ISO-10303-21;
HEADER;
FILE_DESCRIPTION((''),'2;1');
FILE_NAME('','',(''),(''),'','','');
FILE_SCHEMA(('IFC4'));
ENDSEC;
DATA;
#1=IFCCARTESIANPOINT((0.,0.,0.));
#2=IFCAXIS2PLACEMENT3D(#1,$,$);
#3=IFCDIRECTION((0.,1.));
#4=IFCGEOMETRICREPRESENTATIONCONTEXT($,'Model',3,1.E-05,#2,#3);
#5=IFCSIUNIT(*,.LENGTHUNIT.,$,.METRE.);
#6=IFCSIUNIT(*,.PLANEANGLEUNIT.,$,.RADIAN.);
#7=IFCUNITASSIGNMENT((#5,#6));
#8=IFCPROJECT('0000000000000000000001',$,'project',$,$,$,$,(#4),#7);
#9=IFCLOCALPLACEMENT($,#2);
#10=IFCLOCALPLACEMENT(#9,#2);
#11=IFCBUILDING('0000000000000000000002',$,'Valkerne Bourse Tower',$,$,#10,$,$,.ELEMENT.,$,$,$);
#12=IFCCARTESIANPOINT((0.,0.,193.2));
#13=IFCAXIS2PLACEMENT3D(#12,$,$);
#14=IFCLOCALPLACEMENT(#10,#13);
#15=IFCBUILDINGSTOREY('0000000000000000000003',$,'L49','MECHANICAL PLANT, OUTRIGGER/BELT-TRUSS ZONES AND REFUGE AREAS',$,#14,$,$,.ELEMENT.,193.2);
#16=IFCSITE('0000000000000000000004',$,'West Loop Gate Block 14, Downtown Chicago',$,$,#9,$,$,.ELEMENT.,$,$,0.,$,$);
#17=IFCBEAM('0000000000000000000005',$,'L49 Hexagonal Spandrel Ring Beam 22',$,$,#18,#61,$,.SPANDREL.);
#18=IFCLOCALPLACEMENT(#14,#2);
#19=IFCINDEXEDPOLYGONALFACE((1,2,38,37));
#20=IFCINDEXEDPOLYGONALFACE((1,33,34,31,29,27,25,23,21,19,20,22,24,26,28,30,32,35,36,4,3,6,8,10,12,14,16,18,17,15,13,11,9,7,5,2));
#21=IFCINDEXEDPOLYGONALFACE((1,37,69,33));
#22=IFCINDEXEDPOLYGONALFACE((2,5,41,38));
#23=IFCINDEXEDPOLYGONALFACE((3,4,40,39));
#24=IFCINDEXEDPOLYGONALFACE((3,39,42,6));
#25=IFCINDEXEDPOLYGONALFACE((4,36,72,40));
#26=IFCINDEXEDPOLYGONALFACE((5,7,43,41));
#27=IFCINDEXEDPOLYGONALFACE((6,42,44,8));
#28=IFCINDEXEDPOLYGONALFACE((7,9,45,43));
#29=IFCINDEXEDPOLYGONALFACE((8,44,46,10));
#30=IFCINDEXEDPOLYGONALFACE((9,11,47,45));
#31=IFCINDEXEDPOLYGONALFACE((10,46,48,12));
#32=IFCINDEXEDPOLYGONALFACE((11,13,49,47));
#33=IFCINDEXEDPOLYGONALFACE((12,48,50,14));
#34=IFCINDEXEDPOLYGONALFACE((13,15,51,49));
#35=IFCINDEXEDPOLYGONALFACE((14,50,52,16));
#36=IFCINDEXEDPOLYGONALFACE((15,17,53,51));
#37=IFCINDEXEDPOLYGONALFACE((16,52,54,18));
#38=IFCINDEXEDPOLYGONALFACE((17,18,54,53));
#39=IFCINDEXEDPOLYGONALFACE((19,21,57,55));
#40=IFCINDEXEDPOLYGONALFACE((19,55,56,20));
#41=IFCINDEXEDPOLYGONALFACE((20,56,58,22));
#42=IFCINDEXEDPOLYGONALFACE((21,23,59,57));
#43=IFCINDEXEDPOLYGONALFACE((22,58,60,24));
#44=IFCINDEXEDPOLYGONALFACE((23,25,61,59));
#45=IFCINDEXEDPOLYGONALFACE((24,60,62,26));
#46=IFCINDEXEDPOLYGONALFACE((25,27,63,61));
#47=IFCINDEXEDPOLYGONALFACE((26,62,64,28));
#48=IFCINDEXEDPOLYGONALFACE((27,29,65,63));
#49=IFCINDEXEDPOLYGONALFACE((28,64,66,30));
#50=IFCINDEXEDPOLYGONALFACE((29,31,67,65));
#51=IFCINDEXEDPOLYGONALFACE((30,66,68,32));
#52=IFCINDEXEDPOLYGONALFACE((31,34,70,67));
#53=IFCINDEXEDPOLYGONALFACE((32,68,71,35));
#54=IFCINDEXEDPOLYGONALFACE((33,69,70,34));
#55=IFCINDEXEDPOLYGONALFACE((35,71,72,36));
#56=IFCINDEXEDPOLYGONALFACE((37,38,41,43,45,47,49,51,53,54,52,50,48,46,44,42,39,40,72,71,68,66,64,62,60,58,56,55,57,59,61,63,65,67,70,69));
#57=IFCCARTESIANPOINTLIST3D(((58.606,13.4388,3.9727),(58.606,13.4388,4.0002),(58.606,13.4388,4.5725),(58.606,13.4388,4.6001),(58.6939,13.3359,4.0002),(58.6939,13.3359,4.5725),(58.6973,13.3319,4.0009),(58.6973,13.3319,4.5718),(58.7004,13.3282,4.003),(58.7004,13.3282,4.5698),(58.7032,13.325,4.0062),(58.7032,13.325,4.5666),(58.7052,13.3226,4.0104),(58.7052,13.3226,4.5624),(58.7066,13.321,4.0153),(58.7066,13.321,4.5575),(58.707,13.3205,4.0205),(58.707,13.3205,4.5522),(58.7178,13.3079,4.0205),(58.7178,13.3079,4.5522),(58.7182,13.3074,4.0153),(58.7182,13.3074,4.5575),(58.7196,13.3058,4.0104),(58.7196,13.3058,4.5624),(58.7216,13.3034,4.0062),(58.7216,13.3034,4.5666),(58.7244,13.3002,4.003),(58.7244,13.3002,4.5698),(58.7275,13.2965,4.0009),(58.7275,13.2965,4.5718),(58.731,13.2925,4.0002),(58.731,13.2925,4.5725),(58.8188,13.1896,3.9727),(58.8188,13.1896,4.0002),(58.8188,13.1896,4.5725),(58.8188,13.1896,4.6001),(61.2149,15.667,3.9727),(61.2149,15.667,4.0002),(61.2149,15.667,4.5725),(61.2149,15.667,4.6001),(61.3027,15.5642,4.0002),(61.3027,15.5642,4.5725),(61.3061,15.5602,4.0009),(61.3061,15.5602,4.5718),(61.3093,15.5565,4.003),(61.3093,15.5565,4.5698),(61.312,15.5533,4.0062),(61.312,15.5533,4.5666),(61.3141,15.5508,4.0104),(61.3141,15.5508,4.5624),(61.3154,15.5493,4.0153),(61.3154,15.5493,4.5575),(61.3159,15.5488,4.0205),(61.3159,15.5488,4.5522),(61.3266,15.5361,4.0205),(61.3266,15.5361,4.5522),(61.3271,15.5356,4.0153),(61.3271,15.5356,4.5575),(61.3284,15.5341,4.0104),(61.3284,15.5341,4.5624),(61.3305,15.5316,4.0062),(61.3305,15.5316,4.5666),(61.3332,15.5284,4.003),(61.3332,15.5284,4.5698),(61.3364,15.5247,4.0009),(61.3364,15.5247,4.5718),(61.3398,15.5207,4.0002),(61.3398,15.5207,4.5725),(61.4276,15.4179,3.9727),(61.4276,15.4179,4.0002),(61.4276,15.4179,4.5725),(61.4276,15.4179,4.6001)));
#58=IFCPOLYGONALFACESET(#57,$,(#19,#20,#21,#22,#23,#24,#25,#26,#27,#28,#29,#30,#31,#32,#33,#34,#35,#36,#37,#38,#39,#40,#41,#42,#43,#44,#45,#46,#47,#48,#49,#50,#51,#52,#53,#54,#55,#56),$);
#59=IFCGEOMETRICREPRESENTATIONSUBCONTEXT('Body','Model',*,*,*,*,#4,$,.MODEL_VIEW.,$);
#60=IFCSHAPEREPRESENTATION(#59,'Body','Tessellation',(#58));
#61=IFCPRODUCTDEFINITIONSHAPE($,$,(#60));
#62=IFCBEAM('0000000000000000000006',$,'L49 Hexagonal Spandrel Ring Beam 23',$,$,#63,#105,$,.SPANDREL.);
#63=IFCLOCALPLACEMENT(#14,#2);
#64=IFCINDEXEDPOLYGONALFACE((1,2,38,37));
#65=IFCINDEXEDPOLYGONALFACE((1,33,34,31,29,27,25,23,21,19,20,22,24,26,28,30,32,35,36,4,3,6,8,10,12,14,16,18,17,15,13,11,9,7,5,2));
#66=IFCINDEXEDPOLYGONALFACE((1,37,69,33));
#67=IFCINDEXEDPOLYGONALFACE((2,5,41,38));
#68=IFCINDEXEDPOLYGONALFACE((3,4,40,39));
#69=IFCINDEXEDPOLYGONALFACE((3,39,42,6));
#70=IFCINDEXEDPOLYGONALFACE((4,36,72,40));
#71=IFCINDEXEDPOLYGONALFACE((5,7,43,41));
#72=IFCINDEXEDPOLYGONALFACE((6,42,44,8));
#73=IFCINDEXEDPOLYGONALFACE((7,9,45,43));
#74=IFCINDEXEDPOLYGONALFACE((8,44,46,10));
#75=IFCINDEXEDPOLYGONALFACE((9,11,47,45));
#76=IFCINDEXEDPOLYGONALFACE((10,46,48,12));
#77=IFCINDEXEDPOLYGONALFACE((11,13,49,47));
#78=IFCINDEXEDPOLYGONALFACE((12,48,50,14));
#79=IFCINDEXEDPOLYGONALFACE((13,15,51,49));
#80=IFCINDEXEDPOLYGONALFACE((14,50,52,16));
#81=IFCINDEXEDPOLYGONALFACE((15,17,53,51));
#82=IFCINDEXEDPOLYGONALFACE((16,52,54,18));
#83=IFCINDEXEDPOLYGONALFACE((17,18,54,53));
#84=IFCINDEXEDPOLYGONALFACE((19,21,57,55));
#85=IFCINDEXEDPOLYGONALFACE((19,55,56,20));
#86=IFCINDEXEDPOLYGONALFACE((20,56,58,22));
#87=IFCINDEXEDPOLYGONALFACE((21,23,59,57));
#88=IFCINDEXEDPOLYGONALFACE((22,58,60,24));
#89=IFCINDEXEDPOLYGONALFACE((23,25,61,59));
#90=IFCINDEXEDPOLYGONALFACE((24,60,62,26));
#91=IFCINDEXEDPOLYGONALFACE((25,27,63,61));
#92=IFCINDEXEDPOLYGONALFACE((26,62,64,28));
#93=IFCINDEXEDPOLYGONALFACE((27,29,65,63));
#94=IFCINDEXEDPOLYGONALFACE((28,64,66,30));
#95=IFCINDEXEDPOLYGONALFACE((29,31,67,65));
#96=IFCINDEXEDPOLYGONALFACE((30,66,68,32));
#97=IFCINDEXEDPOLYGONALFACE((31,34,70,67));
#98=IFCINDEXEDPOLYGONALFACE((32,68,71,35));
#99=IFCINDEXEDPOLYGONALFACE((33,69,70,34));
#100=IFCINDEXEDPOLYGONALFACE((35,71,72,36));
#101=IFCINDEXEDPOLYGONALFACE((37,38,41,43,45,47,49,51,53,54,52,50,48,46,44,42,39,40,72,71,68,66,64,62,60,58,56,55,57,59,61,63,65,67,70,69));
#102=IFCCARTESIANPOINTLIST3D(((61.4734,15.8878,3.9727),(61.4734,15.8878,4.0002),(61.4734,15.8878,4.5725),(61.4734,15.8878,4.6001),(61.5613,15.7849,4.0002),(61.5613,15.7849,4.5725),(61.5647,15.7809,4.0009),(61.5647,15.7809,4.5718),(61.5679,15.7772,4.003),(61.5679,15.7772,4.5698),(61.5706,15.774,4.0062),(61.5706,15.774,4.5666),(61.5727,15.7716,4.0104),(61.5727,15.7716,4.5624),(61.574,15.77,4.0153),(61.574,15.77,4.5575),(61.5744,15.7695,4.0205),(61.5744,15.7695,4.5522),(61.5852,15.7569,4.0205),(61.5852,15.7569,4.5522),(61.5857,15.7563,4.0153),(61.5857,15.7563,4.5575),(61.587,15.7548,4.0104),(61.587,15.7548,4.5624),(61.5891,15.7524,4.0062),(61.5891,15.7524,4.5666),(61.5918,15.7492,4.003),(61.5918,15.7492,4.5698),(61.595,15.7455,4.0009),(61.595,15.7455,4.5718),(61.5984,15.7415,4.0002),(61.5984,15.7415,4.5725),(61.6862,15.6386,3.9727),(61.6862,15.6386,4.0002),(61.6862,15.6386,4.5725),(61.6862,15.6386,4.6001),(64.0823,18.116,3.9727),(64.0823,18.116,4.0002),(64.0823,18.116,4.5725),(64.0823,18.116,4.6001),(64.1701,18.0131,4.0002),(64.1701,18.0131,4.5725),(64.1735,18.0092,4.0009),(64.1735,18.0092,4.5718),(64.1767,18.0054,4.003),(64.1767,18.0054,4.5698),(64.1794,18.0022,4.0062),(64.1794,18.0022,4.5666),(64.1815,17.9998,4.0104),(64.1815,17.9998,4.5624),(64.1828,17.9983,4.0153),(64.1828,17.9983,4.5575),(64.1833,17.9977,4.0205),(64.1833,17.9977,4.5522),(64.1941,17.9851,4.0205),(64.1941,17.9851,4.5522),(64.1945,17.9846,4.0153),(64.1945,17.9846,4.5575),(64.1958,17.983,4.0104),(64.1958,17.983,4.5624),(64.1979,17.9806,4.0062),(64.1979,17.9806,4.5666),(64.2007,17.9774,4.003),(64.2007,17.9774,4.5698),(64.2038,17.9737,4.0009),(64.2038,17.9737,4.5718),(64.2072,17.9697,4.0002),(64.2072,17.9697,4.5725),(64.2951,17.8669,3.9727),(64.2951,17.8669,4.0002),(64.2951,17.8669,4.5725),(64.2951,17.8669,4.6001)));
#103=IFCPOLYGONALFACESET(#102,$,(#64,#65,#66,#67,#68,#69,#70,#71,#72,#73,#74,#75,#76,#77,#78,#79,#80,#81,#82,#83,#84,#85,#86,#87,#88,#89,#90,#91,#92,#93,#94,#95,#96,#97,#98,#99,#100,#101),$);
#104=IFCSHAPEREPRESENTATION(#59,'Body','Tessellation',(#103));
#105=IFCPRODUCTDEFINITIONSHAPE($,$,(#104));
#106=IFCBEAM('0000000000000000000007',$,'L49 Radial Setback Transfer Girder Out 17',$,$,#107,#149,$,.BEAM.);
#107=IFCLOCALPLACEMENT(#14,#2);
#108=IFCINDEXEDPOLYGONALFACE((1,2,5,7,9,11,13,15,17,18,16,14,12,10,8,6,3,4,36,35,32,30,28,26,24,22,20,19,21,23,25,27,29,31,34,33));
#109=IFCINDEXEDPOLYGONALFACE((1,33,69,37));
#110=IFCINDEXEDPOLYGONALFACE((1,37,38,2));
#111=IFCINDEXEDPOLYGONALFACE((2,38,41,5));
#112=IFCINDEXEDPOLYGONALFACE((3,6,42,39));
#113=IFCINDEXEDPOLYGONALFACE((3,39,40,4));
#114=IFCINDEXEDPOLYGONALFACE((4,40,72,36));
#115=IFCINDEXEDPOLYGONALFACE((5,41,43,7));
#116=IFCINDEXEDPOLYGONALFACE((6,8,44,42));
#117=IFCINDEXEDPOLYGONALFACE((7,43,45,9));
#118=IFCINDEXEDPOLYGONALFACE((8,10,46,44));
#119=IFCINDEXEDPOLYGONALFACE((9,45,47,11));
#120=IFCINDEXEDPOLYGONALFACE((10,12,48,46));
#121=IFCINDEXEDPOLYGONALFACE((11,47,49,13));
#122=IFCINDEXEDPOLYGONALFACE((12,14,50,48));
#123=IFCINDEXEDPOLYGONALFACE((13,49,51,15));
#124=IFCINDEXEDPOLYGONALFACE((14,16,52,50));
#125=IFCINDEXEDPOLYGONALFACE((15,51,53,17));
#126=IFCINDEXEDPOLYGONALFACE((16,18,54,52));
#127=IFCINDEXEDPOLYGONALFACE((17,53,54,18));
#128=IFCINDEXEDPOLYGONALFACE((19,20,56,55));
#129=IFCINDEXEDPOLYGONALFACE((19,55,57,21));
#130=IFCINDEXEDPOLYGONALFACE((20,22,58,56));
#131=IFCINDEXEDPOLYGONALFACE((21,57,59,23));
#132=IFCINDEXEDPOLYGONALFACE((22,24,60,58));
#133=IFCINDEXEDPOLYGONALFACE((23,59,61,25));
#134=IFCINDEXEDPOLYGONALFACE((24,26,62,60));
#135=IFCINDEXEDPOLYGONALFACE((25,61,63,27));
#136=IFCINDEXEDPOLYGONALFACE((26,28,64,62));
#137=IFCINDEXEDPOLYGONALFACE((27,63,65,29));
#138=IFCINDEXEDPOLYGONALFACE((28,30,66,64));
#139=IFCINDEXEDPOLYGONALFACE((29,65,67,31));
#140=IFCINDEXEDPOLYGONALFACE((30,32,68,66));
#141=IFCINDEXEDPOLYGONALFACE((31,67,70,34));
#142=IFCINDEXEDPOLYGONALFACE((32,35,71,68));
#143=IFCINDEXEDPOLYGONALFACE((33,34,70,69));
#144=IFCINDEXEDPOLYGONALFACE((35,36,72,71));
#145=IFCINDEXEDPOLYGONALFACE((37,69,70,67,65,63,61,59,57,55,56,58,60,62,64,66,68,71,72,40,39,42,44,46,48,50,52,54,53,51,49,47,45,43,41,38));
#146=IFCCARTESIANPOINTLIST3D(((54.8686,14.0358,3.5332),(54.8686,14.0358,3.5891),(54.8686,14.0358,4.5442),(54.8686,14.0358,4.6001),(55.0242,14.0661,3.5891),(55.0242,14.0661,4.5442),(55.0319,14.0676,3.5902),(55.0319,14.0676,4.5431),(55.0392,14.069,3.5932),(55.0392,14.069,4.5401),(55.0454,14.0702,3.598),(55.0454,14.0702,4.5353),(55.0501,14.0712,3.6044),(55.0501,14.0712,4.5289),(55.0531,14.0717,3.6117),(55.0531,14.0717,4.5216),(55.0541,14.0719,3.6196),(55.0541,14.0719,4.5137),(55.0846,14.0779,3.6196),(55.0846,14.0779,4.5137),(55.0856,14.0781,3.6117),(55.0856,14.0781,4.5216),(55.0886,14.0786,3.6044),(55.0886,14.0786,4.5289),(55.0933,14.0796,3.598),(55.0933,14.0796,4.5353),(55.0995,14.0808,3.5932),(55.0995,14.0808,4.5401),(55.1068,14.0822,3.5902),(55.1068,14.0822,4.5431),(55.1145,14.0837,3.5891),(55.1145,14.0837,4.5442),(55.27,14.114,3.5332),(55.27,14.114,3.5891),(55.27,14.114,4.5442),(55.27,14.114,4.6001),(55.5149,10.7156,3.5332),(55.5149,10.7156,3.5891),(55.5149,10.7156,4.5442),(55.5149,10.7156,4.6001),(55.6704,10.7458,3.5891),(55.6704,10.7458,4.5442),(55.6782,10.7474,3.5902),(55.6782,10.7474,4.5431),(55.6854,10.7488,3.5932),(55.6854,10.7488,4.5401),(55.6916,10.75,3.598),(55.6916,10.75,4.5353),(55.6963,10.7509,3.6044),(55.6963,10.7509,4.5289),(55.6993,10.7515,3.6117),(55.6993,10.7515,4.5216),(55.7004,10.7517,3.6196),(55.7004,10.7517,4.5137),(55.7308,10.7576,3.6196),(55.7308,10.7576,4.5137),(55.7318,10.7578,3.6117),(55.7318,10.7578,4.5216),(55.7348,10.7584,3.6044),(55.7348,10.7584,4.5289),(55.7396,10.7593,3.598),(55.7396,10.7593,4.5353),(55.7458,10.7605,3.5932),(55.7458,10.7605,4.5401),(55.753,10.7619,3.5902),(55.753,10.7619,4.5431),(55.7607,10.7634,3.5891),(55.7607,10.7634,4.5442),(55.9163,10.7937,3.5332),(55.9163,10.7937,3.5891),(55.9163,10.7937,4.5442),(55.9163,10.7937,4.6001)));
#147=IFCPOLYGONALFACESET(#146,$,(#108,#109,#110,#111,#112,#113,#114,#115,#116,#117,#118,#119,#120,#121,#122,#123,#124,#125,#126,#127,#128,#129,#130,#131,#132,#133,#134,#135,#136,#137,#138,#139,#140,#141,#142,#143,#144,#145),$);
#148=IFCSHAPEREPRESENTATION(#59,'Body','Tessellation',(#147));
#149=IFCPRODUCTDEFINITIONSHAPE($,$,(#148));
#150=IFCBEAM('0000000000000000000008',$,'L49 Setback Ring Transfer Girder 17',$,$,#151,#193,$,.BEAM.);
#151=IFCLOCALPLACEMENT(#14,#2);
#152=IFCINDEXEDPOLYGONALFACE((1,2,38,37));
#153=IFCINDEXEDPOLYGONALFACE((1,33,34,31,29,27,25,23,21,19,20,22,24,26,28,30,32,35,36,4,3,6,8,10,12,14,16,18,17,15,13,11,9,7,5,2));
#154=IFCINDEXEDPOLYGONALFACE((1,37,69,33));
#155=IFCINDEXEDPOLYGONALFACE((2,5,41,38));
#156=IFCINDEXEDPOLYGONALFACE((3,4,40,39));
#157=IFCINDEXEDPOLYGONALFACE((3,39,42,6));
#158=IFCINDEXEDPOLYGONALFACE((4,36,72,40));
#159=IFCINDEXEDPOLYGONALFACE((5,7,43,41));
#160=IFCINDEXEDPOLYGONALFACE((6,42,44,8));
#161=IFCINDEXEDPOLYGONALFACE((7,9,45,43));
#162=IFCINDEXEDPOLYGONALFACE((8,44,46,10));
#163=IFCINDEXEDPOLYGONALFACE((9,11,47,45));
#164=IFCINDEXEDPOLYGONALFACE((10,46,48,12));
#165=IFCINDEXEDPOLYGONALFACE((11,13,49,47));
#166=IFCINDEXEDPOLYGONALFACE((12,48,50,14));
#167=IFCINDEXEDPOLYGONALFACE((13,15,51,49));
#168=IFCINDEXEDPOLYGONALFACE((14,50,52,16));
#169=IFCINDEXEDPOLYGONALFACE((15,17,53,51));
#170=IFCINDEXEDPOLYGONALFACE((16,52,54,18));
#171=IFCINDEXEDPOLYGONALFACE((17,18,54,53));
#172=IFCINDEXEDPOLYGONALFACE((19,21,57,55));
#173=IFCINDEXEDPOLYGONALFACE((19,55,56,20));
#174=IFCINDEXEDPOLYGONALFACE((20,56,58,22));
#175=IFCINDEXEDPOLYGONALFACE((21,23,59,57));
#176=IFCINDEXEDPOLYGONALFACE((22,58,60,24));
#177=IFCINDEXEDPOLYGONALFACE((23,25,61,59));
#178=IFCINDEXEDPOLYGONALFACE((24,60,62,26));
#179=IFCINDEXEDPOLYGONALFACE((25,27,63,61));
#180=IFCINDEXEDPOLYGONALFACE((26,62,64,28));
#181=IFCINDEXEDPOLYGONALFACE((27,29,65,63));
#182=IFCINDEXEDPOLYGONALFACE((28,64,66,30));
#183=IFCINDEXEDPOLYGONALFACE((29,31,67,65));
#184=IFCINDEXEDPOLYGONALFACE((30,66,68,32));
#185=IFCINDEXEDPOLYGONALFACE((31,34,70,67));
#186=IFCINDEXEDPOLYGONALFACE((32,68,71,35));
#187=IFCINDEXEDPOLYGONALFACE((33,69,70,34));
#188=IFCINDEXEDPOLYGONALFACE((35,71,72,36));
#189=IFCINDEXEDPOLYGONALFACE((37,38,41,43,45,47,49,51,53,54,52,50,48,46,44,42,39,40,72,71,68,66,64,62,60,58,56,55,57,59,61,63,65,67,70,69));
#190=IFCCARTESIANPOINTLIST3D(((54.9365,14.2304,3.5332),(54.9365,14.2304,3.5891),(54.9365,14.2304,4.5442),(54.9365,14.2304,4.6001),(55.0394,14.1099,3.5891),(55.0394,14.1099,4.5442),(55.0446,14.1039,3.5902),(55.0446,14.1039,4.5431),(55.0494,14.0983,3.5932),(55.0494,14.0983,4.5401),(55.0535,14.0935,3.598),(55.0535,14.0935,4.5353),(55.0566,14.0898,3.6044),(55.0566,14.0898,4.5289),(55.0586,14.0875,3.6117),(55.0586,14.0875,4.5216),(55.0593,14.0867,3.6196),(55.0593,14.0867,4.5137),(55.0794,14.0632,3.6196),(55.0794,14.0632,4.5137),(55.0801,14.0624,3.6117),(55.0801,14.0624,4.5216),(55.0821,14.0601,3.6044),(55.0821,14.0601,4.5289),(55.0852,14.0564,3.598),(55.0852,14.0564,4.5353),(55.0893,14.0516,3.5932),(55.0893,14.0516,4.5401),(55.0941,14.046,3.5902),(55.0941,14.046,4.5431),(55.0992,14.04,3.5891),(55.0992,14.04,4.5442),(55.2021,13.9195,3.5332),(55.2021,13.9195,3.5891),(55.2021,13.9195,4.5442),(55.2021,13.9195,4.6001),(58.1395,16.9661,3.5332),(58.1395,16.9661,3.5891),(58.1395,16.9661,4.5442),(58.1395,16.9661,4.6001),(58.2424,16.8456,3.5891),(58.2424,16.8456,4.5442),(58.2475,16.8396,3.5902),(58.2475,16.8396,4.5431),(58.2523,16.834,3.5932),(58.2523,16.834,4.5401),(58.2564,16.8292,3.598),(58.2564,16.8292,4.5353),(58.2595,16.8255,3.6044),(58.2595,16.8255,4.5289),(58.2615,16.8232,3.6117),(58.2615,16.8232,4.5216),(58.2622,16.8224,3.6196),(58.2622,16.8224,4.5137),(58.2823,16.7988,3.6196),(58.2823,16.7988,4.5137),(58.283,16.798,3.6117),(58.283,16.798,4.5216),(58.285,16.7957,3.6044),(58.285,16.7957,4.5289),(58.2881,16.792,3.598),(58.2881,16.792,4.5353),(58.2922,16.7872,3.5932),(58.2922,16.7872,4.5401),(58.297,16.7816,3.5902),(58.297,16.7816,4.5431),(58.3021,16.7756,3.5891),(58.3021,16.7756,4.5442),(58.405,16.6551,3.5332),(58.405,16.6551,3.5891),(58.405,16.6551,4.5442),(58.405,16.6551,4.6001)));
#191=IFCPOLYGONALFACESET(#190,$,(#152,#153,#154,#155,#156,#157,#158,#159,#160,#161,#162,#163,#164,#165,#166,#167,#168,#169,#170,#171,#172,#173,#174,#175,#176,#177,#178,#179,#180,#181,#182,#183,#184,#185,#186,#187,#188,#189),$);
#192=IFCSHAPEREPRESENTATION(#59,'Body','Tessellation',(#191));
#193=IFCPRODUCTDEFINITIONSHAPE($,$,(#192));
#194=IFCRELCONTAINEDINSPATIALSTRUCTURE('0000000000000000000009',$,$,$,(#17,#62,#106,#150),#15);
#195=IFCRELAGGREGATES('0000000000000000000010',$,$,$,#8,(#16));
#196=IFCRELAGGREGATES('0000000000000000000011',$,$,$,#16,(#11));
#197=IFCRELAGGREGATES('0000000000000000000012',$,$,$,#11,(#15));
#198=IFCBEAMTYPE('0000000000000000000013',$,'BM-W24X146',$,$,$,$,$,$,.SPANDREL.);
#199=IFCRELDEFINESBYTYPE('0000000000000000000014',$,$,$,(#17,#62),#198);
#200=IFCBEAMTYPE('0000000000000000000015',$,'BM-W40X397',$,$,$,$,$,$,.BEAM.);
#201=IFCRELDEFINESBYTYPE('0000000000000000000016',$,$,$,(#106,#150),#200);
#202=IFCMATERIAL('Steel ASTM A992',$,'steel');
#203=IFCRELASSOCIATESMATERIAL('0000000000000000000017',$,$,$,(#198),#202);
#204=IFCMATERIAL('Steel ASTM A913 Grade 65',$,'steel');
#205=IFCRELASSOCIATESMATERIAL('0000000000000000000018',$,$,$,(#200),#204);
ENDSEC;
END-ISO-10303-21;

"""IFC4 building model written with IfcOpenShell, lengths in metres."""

from ifc_helpers import new_model, si_unit, direction, frame, origin, origin_2d, place, context, subcontext, project, spatial, i_section, extrude, material, material_profile, profile_set, type_object, element, save


model = new_model("IFC4")

# Units and contexts
model_context = context("Model", 3, precision=1e-05, world=origin(), true_north=direction((0.0, 1.0)))
body_context = subcontext(model_context, "Body", "Model", "MODEL_VIEW")
ifc_project = project(units=[si_unit("LENGTHUNIT", "METRE"), si_unit("PLANEANGLEUNIT", "RADIAN")], contexts=[model_context])

# Site, building, storey
site_placement = place(None, origin())
site = spatial("IfcSite", under=ifc_project, at=site_placement, Name="West Loop Gate Block 14, Downtown Chicago", CompositionType="ELEMENT", RefElevation=0.0)
building_placement = place(site_placement, origin())
building = spatial("IfcBuilding", under=site, at=building_placement, Name="Valkerne Bourse Tower", CompositionType="ELEMENT")
storey_placement = place(building_placement, frame((0.0, 0.0, 193.2)))
storey = spatial("IfcBuildingStorey", under=building, at=storey_placement, Name="L49", Description="MECHANICAL PLANT, OUTRIGGER/BELT-TRUSS ZONES AND REFUGE AREAS", CompositionType="ELEMENT", Elevation=193.2)

# Shared definitions
ifc_material_1 = material(Name="Steel ASTM A913 Grade 65", Category="steel")

# Beams
ifc_material_2 = material(Name="Steel ASTM A992", Category="steel")
ifc_material_profile_1 = material_profile(ifc_material_2, i_section(OverallWidth=0.3276, OverallDepth=0.6274, WebThickness=0.0166, FlangeThickness=0.0276, FilletRadius=0.0203, at=origin_2d()), Name="W24X146")
ifc_profile_set_1 = profile_set([ifc_material_profile_1], Name="Steel ASTM A992")
beam_type_1 = type_object("IfcBeamType", Name="BM-W24X146", PredefinedType="SPANDREL", material=ifc_profile_set_1)
for number, where, z_axis, x_axis, name in (
    (1, (58.7124, 13.3142, 4.2864), (0.760396, 0.64946, 0.0), (-0.64946, 0.760396, 0.0), "L49 Hexagonal Spandrel Ring Beam 22"),
    (2, (61.5798, 15.7632, 4.2864), (0.760396, 0.64946, 0.0), (-0.64946, 0.760396, 0.0), "L49 Hexagonal Spandrel Ring Beam 23"),
):
    element("IfcBeam", number, at=place(storey_placement, frame(where, z_axis=z_axis, x_axis=x_axis)), inside=storey, type_object=beam_type_1, Name=name, PredefinedType="SPANDREL", context=body_context, shape_type="SweptSolid", body=[
        extrude(i_section(OverallWidth=0.3276, OverallDepth=0.6274, WebThickness=0.0166, FlangeThickness=0.0276, FilletRadius=0.0203, at=origin_2d()), origin(), (0.0, 0.0, 1.0), 3.4309),
    ])
ifc_material_profile_2 = material_profile(ifc_material_1, i_section(OverallWidth=0.4089, OverallDepth=1.0669, WebThickness=0.031, FlangeThickness=0.0559, FilletRadius=0.0305, at=origin_2d()), Name="W40X397")
ifc_profile_set_2 = profile_set([ifc_material_profile_2], Name="Steel ASTM A913 Grade 65")
beam_type_2 = type_object("IfcBeamType", Name="BM-W40X397", PredefinedType="BEAM", material=ifc_profile_set_2)
beam_1_placement = place(storey_placement, frame((55.7156, 10.7546, 4.0667), z_axis=(-0.191047, 0.981581, 0.0), x_axis=(-0.981581, -0.191047, 0.0)))
element("IfcBeam", 3, at=beam_1_placement, inside=storey, type_object=beam_type_2, Name="L49 Radial Setback Transfer Girder Out 17", PredefinedType="BEAM", context=body_context, shape_type="SweptSolid", body=[
    extrude(i_section(OverallWidth=0.4089, OverallDepth=1.0669, WebThickness=0.031, FlangeThickness=0.0559, FilletRadius=0.0305, at=origin_2d()), origin(), (0.0, 0.0, 1.0), 3.3826),
])
beam_2_placement = place(storey_placement, frame((55.0693, 14.075, 4.0667), z_axis=(0.760397, 0.649459, 0.0), x_axis=(-0.649459, 0.760397, 0.0)))
element("IfcBeam", 4, at=beam_2_placement, inside=storey, type_object=beam_type_2, Name="L49 Setback Ring Transfer Girder 17", PredefinedType="BEAM", context=body_context, shape_type="SweptSolid", body=[
    extrude(i_section(OverallWidth=0.4089, OverallDepth=1.0669, WebThickness=0.031, FlangeThickness=0.0559, FilletRadius=0.0305, at=origin_2d()), origin(), (0.0, 0.0, 1.0), 4.2122),
])

save(model, "model.ifc")
